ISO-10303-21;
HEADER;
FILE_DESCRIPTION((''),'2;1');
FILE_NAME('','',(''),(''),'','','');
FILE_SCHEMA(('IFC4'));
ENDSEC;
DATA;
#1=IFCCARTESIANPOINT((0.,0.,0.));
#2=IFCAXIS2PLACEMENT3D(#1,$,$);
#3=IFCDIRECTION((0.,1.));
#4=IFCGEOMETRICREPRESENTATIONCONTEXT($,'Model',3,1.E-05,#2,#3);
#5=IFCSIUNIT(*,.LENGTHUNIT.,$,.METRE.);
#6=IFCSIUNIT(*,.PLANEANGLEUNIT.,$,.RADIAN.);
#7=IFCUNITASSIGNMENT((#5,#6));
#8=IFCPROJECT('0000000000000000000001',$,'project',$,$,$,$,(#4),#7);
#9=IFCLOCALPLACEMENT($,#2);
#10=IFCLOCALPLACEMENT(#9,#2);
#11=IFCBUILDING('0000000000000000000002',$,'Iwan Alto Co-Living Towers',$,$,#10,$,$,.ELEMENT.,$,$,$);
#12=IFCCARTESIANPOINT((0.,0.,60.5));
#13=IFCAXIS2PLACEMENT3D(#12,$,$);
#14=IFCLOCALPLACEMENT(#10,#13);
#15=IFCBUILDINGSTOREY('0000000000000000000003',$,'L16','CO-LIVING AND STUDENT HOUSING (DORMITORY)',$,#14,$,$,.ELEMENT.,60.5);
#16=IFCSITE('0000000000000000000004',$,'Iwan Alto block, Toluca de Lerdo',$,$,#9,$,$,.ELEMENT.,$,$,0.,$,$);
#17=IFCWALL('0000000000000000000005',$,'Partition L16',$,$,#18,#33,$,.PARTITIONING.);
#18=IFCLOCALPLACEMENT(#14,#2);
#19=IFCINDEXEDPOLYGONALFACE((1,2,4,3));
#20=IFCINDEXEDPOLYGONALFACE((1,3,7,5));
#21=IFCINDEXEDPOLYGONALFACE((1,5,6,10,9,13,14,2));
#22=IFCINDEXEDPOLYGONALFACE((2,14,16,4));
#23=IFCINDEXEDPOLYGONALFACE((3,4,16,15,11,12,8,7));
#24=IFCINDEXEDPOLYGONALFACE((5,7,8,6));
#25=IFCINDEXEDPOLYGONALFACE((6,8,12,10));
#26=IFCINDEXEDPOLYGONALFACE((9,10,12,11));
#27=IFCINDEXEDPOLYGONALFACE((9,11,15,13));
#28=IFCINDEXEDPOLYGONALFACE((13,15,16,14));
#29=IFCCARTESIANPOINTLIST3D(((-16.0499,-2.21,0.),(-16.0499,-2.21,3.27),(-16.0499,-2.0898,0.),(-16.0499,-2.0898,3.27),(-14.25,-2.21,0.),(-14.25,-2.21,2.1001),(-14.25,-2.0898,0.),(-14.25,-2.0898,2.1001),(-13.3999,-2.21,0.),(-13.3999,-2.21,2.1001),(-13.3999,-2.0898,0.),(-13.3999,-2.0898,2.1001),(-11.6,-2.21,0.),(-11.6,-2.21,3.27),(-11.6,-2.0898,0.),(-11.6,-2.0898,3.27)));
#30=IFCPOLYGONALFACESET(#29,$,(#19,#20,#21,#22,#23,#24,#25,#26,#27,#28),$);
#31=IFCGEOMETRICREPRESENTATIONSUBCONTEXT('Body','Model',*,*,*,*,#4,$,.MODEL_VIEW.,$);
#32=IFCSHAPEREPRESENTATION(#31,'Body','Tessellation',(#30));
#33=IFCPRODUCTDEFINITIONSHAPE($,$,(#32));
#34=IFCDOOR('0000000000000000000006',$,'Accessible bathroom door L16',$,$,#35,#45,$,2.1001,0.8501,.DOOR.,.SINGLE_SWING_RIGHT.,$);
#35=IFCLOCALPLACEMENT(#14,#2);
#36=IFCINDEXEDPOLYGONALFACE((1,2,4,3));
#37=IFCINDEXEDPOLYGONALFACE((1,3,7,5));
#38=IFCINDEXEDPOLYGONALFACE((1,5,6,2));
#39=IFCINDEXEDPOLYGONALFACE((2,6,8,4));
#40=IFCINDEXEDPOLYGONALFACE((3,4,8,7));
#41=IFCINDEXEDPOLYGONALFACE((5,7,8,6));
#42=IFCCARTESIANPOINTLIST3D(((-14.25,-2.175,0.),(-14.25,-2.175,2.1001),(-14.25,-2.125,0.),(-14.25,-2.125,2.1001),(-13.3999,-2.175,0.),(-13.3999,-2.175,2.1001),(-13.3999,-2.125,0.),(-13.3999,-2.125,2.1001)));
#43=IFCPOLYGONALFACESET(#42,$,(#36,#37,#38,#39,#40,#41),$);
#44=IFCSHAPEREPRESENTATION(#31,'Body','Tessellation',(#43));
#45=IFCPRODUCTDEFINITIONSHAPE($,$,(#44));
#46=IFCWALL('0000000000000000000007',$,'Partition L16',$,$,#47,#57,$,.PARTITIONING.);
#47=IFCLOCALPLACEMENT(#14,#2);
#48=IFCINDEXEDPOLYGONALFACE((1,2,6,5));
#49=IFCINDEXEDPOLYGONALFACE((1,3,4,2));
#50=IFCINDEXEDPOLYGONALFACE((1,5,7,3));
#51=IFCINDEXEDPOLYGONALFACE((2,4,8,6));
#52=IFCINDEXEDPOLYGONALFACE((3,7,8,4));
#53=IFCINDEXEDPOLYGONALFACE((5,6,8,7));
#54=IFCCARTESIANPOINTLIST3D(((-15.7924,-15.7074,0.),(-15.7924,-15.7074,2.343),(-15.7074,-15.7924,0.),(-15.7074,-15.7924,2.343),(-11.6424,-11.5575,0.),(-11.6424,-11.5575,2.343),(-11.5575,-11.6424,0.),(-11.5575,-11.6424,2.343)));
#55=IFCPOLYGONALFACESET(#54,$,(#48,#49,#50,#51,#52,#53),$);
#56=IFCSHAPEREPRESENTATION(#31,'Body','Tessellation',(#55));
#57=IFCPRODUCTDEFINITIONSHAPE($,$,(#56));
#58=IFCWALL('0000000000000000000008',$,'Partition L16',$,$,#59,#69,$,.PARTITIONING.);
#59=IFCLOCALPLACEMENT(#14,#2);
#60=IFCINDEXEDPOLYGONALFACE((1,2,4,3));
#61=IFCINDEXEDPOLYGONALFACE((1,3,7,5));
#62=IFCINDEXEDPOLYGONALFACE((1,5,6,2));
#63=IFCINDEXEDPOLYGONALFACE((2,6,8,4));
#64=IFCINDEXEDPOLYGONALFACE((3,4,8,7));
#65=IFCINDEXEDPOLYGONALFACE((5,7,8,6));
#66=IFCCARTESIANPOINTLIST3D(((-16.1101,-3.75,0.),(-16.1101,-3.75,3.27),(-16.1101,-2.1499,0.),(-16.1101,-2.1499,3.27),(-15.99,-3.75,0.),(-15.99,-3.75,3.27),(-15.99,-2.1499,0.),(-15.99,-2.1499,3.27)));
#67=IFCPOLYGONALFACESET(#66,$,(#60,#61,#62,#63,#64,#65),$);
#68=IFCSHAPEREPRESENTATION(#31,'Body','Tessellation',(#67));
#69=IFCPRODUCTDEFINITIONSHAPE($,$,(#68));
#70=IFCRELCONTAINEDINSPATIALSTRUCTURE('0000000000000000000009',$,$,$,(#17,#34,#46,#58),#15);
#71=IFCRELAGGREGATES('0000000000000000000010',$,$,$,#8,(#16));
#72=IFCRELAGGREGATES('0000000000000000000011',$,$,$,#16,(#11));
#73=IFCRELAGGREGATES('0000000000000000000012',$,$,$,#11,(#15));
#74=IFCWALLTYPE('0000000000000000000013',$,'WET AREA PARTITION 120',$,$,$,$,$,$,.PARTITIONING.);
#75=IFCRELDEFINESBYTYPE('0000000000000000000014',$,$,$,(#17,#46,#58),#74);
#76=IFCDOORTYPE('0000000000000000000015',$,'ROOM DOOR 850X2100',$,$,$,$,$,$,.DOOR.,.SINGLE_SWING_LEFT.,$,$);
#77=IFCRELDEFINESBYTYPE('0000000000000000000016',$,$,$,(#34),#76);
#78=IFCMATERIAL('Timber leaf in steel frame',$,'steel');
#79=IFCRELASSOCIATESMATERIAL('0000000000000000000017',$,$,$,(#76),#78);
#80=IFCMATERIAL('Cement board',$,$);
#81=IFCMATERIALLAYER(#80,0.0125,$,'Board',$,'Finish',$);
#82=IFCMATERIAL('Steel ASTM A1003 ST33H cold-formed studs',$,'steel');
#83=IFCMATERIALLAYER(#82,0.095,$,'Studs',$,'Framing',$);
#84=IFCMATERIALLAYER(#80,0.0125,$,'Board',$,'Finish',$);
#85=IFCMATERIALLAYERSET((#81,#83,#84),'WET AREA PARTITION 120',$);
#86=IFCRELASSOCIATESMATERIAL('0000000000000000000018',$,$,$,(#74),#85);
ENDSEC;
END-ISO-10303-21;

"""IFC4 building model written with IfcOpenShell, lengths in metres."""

from ifc_helpers import new_model, si_unit, direction, frame, frame_2d, origin, place, context, subcontext, project, spatial, rectangle, extrude, material, layer, layer_set, type_object, element, fill, save


model = new_model("IFC4")

# Units and contexts
model_context = context("Model", 3, precision=1e-05, world=origin(), true_north=direction((0.0, 1.0)))
body_context = subcontext(model_context, "Body", "Model", "MODEL_VIEW")
ifc_project = project(units=[si_unit("LENGTHUNIT", "METRE"), si_unit("PLANEANGLEUNIT", "RADIAN")], contexts=[model_context])

# Site, building, storey
site_placement = place(None, origin())
site = spatial("IfcSite", under=ifc_project, at=site_placement, Name="Iwan Alto block, Toluca de Lerdo", CompositionType="ELEMENT", RefElevation=0.0)
building_placement = place(site_placement, origin())
building = spatial("IfcBuilding", under=site, at=building_placement, Name="Iwan Alto Co-Living Towers", CompositionType="ELEMENT")
storey_placement = place(building_placement, frame((0.0, 0.0, 60.5)))
storey = spatial("IfcBuildingStorey", under=building, at=storey_placement, Name="L16", Description="CO-LIVING AND STUDENT HOUSING (DORMITORY)", CompositionType="ELEMENT", Elevation=60.5)

# Shared definitions
ifc_material_1 = material(Name="Steel ASTM A1003 ST33H cold-formed studs", Category="steel")
ifc_material_2 = material(Name="Timber leaf in steel frame", Category="steel")
door_type_1 = type_object("IfcDoorType", Name="ROOM DOOR 850X2100", OperationType="SINGLE_SWING_LEFT", PredefinedType="DOOR", material=ifc_material_2)

# Shared definitions
ifc_material_3 = material(Name="Cement board")
ifc_layer_1 = layer(ifc_material_3, 0.0125, Name="Board", Category="Finish")
ifc_layer_2 = layer(ifc_material_1, 0.095, Name="Studs", Category="Framing")
ifc_layer_3 = layer(ifc_material_3, 0.0125, Name="Board", Category="Finish")
ifc_layer_set_1 = layer_set([ifc_layer_1, ifc_layer_2, ifc_layer_3], Name="WET AREA PARTITION 120")
wall_type_1 = type_object("IfcWallType", Name="WET AREA PARTITION 120", PredefinedType="PARTITIONING", material=ifc_layer_set_1)

# Wall, opening, door
wall_1_placement = place(storey_placement, frame((-16.05, -2.1499, 0.0), z_axis=(0.0, 0.0, 1.0), x_axis=(1.0, 0.0, 0.0)))
wall_1 = element("IfcWall", 1, at=wall_1_placement, inside=storey, type_object=wall_type_1, Name="Partition L16", PredefinedType="PARTITIONING", context=body_context, shape_type="SweptSolid", body=[
    extrude(rectangle(XDim=4.45, YDim=0.1201, at=frame_2d((2.2251, 0.0))), origin(), (0.0, 0.0, 1.0), 3.27),
])
opening_1_placement = place(wall_1_placement, frame((1.8, 0.0, 0.0)))
opening_1 = element("IfcOpeningElement", 2, at=opening_1_placement, cuts=wall_1, PredefinedType="OPENING", context=body_context, shape_type="SweptSolid", body=[
    extrude(rectangle(XDim=0.8501, YDim=2.1001, at=frame_2d((0.425, 1.05))), frame((0.0, 0.0701, 0.0), z_axis=(0.0, -1.0, 0.0), x_axis=(1.0, 0.0, 0.0)), (0.0, 0.0, 1.0), 0.1401),
])
door_1_placement = place(opening_1_placement, origin())
door_1 = element("IfcDoor", 3, at=door_1_placement, inside=storey, type_object=door_type_1, Name="Accessible bathroom door L16", OperationType="SINGLE_SWING_RIGHT", OverallHeight=2.1001, OverallWidth=0.8501, PredefinedType="DOOR", context=body_context, shape_type="SweptSolid", body=[
    extrude(rectangle(XDim=0.8501, YDim=2.1001, at=frame_2d((0.425, 1.05))), frame((0.0, 0.0249, 0.0), z_axis=(0.0, -1.0, 0.0), x_axis=(1.0, 0.0, 0.0)), (0.0, 0.0, 1.0), 0.05),
])
fill(opening_1, door_1)

# Walls
wall_2_placement = place(storey_placement, frame((-15.75, -15.75, 0.0), z_axis=(0.0, 0.0, 1.0), x_axis=(0.707107, 0.707107, 0.0)))
element("IfcWall", 4, at=wall_2_placement, inside=storey, type_object=wall_type_1, Name="Partition L16", PredefinedType="PARTITIONING", context=body_context, shape_type="SweptSolid", body=[
    extrude(rectangle(XDim=5.8689, YDim=0.1201, at=frame_2d((2.9346, 0.0))), origin(), (0.0, 0.0, 1.0), 2.343),
])
wall_3_placement = place(storey_placement, frame((-16.05, -3.75, 0.0), z_axis=(0.0, 0.0, 1.0), x_axis=(0.0, 1.0, 0.0)))
element("IfcWall", 5, at=wall_3_placement, inside=storey, type_object=wall_type_1, Name="Partition L16", PredefinedType="PARTITIONING", context=body_context, shape_type="SweptSolid", body=[
    extrude(rectangle(XDim=1.6001, YDim=0.1201, at=frame_2d((0.8, 0.0))), origin(), (0.0, 0.0, 1.0), 3.27),
])

save(model, "model.ifc")
